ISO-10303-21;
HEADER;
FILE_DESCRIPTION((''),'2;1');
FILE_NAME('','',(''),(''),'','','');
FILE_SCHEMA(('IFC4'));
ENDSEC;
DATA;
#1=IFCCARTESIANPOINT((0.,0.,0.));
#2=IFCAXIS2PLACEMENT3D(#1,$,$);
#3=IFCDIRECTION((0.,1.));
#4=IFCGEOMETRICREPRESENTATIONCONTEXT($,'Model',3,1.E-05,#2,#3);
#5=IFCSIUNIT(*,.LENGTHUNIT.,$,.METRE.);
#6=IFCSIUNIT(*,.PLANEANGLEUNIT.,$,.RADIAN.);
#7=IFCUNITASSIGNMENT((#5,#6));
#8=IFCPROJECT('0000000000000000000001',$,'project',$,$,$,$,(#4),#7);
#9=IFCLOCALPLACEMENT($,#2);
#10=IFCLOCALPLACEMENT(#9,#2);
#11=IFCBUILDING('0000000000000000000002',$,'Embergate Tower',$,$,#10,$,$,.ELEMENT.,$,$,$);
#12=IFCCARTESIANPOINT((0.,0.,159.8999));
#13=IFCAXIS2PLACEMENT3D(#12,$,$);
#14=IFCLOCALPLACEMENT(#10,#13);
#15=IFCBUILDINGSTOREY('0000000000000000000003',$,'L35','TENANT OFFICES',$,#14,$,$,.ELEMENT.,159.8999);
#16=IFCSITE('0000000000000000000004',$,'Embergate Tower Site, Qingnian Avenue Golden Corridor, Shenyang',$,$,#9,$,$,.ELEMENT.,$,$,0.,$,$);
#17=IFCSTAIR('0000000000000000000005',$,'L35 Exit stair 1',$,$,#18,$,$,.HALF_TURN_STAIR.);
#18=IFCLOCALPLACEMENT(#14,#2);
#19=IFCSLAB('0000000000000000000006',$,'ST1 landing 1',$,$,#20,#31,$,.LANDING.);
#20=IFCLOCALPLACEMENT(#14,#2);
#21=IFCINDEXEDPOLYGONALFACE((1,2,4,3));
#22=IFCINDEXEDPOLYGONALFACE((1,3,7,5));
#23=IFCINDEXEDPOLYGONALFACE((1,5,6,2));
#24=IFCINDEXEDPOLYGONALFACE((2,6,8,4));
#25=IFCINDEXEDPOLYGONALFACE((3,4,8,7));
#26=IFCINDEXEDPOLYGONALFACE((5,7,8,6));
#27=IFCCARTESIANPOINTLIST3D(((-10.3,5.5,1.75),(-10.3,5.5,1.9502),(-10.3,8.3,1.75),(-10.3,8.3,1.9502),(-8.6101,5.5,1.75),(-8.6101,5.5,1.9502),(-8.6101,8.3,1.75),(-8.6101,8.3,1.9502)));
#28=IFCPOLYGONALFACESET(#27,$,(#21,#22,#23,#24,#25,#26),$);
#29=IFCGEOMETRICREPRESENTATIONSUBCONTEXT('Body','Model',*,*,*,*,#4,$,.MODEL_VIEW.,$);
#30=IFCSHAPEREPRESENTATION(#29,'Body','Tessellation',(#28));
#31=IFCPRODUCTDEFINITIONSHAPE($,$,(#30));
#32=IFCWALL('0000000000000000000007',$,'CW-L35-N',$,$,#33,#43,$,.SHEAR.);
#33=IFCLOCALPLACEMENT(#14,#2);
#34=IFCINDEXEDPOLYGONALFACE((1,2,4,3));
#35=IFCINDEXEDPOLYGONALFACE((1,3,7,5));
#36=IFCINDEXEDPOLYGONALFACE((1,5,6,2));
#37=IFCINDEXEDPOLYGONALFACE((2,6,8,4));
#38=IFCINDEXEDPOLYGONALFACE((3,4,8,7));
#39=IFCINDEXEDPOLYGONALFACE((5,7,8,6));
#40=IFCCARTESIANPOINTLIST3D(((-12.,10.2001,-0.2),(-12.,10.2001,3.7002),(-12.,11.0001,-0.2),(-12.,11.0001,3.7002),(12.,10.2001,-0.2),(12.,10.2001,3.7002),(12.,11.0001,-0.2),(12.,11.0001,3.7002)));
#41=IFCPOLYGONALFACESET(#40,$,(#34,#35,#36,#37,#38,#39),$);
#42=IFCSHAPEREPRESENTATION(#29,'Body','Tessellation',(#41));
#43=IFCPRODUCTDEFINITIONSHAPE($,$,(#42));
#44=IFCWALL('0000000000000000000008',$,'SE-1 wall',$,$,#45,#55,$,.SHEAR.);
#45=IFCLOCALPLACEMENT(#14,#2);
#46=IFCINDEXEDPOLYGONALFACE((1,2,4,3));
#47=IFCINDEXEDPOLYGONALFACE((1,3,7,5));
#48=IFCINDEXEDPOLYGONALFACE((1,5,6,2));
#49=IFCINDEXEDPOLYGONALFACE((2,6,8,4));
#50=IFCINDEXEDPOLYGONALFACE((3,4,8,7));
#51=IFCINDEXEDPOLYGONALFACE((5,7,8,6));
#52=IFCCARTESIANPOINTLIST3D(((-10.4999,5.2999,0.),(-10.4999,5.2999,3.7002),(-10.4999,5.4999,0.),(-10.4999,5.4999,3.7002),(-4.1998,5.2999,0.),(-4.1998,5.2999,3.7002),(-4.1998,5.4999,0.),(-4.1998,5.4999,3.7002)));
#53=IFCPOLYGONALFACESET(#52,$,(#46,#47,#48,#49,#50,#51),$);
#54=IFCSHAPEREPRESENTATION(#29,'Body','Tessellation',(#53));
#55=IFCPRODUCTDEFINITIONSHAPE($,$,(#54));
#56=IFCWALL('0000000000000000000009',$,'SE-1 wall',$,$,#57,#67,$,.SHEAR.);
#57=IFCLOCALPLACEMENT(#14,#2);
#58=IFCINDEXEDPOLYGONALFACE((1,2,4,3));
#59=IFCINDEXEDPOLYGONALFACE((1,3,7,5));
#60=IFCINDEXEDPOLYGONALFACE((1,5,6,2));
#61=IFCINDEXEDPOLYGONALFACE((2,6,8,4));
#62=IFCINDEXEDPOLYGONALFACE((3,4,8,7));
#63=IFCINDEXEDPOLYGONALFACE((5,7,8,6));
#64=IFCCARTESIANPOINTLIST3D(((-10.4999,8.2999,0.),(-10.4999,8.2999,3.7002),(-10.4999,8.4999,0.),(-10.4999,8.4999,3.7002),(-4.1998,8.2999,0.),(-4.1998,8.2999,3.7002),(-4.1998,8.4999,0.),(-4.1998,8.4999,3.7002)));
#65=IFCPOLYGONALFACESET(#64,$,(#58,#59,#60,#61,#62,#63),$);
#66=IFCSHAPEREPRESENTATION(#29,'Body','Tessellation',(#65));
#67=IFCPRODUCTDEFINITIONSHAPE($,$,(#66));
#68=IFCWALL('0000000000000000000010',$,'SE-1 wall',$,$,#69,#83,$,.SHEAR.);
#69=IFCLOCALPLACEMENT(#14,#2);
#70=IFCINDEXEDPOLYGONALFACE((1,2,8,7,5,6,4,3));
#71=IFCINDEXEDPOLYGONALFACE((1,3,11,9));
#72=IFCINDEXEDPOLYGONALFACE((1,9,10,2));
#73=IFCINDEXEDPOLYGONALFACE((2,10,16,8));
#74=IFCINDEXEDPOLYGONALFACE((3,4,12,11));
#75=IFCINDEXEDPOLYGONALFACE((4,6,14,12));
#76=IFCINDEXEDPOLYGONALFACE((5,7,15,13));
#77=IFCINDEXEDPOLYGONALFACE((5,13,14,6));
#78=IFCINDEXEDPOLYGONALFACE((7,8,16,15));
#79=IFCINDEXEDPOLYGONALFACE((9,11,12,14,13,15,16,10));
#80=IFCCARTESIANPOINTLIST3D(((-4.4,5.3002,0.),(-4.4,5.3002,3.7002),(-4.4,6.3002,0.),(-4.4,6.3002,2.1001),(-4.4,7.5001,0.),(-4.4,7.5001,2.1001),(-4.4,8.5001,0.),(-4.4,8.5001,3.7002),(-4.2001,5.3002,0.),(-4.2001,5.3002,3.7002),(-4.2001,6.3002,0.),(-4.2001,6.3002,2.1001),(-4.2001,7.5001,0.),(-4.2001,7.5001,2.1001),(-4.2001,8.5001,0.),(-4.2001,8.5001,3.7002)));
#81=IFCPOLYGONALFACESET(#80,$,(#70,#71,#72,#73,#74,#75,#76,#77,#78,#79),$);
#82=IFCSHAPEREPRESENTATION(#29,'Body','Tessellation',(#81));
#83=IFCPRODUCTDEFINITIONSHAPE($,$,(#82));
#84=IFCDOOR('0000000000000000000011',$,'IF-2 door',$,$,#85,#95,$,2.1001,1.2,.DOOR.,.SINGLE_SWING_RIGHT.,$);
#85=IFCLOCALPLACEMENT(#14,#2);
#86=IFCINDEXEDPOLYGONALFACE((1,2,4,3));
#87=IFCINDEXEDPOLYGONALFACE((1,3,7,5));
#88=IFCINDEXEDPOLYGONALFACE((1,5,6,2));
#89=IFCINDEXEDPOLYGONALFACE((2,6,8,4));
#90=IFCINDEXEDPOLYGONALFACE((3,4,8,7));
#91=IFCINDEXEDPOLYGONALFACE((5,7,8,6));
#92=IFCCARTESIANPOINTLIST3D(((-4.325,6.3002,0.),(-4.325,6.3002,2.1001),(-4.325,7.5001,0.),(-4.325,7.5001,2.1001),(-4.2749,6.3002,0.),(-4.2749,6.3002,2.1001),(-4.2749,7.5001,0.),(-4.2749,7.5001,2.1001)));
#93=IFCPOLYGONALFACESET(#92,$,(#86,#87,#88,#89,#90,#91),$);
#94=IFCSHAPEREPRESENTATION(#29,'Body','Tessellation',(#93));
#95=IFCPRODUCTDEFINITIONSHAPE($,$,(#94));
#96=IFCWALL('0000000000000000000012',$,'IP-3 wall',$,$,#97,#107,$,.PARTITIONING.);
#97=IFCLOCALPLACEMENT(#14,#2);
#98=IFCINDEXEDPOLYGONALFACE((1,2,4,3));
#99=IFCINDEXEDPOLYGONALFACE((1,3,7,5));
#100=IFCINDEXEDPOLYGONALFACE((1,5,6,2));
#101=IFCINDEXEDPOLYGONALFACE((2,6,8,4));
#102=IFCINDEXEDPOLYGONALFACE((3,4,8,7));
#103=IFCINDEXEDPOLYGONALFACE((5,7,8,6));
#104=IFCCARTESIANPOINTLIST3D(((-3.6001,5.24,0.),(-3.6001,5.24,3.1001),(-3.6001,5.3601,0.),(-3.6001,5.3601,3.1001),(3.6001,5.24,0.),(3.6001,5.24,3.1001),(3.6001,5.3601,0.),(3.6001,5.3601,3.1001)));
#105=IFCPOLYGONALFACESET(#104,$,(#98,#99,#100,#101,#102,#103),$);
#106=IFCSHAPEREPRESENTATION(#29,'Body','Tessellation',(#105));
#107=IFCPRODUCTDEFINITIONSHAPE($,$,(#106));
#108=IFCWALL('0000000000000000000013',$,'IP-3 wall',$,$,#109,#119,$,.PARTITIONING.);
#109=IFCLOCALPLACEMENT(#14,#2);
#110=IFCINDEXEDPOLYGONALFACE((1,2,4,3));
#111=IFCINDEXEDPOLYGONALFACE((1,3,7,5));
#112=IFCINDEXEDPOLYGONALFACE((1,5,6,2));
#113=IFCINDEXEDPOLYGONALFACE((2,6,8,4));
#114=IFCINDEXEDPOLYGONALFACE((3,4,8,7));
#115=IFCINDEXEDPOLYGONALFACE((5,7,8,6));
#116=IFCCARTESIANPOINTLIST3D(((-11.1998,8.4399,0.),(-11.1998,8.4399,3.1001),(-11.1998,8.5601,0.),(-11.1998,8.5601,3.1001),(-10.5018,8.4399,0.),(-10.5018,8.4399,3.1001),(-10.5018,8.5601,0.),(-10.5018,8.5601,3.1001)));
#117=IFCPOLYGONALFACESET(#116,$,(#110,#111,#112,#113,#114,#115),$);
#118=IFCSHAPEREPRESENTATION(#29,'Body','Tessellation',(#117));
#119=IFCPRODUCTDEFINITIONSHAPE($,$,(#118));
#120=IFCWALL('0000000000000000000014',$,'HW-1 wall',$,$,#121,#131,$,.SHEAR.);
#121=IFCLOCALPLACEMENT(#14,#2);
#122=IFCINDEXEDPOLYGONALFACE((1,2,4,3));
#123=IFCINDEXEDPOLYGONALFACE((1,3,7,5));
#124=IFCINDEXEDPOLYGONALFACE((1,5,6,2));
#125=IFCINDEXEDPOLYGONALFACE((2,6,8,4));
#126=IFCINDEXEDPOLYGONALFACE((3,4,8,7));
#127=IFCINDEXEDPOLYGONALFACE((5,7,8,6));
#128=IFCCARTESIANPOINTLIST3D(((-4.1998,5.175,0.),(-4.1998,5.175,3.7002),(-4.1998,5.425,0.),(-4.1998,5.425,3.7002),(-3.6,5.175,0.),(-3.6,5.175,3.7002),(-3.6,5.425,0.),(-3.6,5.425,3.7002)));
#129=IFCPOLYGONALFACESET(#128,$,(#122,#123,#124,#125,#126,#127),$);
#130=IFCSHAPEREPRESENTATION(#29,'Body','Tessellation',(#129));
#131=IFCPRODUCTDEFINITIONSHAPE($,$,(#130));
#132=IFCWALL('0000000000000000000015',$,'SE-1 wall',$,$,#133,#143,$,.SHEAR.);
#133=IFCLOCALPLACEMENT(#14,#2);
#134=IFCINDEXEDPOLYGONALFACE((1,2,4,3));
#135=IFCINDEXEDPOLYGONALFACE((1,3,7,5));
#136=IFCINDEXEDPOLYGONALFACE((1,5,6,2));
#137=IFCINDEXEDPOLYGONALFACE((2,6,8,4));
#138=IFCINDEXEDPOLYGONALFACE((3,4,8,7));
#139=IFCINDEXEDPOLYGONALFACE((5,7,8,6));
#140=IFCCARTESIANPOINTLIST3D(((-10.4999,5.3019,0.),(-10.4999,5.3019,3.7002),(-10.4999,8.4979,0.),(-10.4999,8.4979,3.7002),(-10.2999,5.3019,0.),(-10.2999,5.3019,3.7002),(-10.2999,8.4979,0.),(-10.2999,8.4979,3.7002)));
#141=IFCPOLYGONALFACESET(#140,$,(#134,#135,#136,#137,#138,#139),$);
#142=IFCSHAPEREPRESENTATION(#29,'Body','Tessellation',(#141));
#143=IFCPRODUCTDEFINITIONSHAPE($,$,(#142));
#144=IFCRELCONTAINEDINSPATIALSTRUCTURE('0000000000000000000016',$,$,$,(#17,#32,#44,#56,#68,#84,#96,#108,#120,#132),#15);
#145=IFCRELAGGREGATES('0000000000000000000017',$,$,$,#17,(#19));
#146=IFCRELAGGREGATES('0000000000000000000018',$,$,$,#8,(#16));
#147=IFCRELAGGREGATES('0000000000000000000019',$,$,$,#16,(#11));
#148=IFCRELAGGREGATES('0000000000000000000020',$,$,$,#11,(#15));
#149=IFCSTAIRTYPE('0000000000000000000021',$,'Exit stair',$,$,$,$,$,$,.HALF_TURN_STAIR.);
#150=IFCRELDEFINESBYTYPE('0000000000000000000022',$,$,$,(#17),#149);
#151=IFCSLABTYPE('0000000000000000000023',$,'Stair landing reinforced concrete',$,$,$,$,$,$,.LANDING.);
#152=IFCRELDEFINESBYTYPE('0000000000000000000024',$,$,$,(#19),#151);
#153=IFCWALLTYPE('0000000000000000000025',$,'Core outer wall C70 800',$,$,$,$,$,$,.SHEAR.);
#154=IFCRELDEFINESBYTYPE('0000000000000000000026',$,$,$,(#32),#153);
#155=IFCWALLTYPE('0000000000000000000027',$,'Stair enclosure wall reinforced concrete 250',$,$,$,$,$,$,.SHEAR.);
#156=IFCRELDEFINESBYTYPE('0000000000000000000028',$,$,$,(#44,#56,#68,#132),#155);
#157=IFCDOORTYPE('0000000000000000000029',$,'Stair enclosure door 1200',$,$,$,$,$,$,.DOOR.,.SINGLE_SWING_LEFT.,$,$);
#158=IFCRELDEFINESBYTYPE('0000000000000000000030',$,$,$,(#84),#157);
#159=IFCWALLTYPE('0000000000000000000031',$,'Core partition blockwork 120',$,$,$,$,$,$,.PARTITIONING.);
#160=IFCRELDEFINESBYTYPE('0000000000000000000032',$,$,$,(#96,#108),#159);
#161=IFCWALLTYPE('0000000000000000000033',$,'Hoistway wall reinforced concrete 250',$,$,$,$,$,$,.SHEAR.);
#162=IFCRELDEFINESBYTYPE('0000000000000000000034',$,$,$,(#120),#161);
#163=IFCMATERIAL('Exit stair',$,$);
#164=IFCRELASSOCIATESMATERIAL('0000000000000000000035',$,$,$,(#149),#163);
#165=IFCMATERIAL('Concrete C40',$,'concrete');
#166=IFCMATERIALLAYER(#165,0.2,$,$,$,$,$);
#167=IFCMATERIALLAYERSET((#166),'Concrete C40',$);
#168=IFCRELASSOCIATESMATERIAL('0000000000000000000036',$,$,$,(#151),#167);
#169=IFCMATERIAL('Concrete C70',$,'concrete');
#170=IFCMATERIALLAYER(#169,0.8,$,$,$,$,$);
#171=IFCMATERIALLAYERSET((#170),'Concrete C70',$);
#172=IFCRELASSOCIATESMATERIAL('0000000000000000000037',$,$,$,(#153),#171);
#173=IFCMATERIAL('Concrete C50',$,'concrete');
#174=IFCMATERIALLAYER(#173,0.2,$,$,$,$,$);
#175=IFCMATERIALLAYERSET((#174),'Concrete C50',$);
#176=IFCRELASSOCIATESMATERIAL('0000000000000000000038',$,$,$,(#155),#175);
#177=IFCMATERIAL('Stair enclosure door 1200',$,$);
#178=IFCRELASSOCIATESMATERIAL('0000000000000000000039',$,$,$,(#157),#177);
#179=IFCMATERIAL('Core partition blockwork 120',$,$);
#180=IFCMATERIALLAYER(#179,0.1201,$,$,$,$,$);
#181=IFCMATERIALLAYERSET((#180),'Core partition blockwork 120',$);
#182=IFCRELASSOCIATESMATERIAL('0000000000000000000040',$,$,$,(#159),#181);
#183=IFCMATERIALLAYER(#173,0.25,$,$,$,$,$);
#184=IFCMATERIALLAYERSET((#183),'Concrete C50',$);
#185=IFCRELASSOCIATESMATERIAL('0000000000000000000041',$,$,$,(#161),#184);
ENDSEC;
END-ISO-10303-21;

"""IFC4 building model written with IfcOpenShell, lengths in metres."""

from ifc_helpers import new_model, si_unit, direction, frame, frame_2d, origin, place, context, subcontext, project, spatial, polyline, rectangle, outline, extrude, source, transform, mapped, material, layer, layer_set, type_object, element, fill, aggregate, save


model = new_model("IFC4")

# Units and contexts
model_context = context("Model", 3, precision=1e-05, world=origin(), true_north=direction((0.0, 1.0)))
body_context = subcontext(model_context, "Body", "Model", "MODEL_VIEW")
ifc_project = project(units=[si_unit("LENGTHUNIT", "METRE"), si_unit("PLANEANGLEUNIT", "RADIAN")], contexts=[model_context])

# Site, building, storey
site_placement = place(None, origin())
site = spatial("IfcSite", under=ifc_project, at=site_placement, Name="Embergate Tower Site, Qingnian Avenue Golden Corridor, Shenyang", CompositionType="ELEMENT", RefElevation=0.0)
building_placement = place(site_placement, origin())
building = spatial("IfcBuilding", under=site, at=building_placement, Name="Embergate Tower", CompositionType="ELEMENT")
storey_placement = place(building_placement, frame((0.0, 0.0, 159.8999)))
storey = spatial("IfcBuildingStorey", under=building, at=storey_placement, Name="L35", Description="TENANT OFFICES", CompositionType="ELEMENT", Elevation=159.8999)

# Stair, slab
ifc_material_1 = material(Name="Exit stair")
stair_type = type_object("IfcStairType", Name="Exit stair", PredefinedType="HALF_TURN_STAIR", material=ifc_material_1)
stair_placement = place(storey_placement, origin())
stair = element("IfcStair", 1, at=stair_placement, inside=storey, type_object=stair_type, Name="L35 Exit stair 1", PredefinedType="HALF_TURN_STAIR")
ifc_material_2 = material(Name="Concrete C40", Category="concrete")
ifc_layer_1 = layer(ifc_material_2, 0.2)
ifc_layer_set_1 = layer_set([ifc_layer_1], Name="Concrete C40")
slab_type = type_object("IfcSlabType", Name="Stair landing reinforced concrete", PredefinedType="LANDING", material=ifc_layer_set_1)
shared_shape_1 = source(origin(), body_context, "Body", "SweptSolid", [
    extrude(outline(polyline([(0.0, 0.0), (1.6899, 0.0), (1.6899, 2.8), (0.0, 2.8), (0.0, 0.0)])), origin(), (0.0, 0.0, 1.0), 0.2002),
])
slab_placement = place(storey_placement, frame((-10.3, 5.5, 1.75)))
slab = element("IfcSlab", 2, at=slab_placement, type_object=slab_type, Name="ST1 landing 1", PredefinedType="LANDING", context=body_context, shape_type="MappedRepresentation", body=[
    mapped(shared_shape_1, transform((0.0, 0.0, 0.0))),
])

# Walls
ifc_material_3 = material(Name="Concrete C70", Category="concrete")
ifc_layer_2 = layer(ifc_material_3, 0.8)
ifc_layer_set_2 = layer_set([ifc_layer_2], Name="Concrete C70")
wall_type_1 = type_object("IfcWallType", Name="Core outer wall C70 800", PredefinedType="SHEAR", material=ifc_layer_set_2)
shared_shape_2 = source(origin(), body_context, "Body", "SweptSolid", [
    extrude(rectangle(XDim=24.0, YDim=0.8, at=frame_2d((12.0, 0.0))), origin(), (0.0, 0.0, 1.0), 3.9001),
])
wall_1_placement = place(storey_placement, frame((-12.0, 10.6001, -0.2), z_axis=(0.0, 0.0, 1.0), x_axis=(1.0, 0.0, 0.0)))
element("IfcWall", 3, at=wall_1_placement, inside=storey, type_object=wall_type_1, Name="CW-L35-N", PredefinedType="SHEAR", context=body_context, shape_type="MappedRepresentation", body=[
    mapped(shared_shape_2, transform((0.0, 0.0, 0.0))),
])
ifc_material_4 = material(Name="Concrete C50", Category="concrete")
ifc_layer_3 = layer(ifc_material_4, 0.2)
ifc_layer_set_3 = layer_set([ifc_layer_3], Name="Concrete C50")
wall_type_2 = type_object("IfcWallType", Name="Stair enclosure wall reinforced concrete 250", PredefinedType="SHEAR", material=ifc_layer_set_3)
shared_shape_3 = source(origin(), body_context, "Body", "SweptSolid", [
    extrude(rectangle(XDim=6.3, YDim=0.2, at=frame_2d((3.1499, 0.0))), origin(), (0.0, 0.0, 1.0), 3.7002),
])
for number, where, z_axis, x_axis, name in (
    (4, (-4.2, 5.3999, 0.0), (0.0, 0.0, 1.0), (-1.0, 0.0, 0.0), "SE-1 wall"),
    (5, (-4.2, 8.3999, 0.0), (0.0, 0.0, 1.0), (-1.0, 0.0, 0.0), "SE-1 wall"),
):
    element("IfcWall", number, at=place(storey_placement, frame(where, z_axis=z_axis, x_axis=x_axis)), inside=storey, type_object=wall_type_2, Name=name, PredefinedType="SHEAR", context=body_context, shape_type="MappedRepresentation", body=[
        mapped(shared_shape_3, transform((0.0, 0.0, 0.0))),
    ])

# Wall, opening, door
shared_shape_4 = source(origin(), body_context, "Body", "SweptSolid", [
    extrude(rectangle(XDim=3.2, YDim=0.2, at=frame_2d((1.6001, 0.0))), origin(), (0.0, 0.0, 1.0), 3.7002),
])
wall_2_placement = place(storey_placement, frame((-4.3, 5.3, 0.0), z_axis=(0.0, 0.0, 1.0), x_axis=(0.0, 1.0, 0.0)))
wall_2 = element("IfcWall", 6, at=wall_2_placement, inside=storey, type_object=wall_type_2, Name="SE-1 wall", PredefinedType="SHEAR", context=body_context, shape_type="MappedRepresentation", body=[
    mapped(shared_shape_4, transform((0.0, 0.0, 0.0))),
])
shared_shape_5 = source(origin(), body_context, "Body", "SweptSolid", [
    extrude(rectangle(XDim=1.2, YDim=2.1001, at=frame_2d((0.6001, 1.05))), frame((0.0, 0.1099, 0.0), z_axis=(0.0, -1.0, 0.0), x_axis=(1.0, 0.0, 0.0)), (0.0, 0.0, 1.0), 0.22),
])
opening_1_placement = place(wall_2_placement, frame((1.0, 0.0, 0.0)))
opening_1 = element("IfcOpeningElement", 7, at=opening_1_placement, cuts=wall_2, PredefinedType="OPENING", context=body_context, shape_type="MappedRepresentation", body=[
    mapped(shared_shape_5, transform((0.0, 0.0, 0.0))),
])
ifc_material_5 = material(Name="Stair enclosure door 1200")
door_type_1 = type_object("IfcDoorType", Name="Stair enclosure door 1200", OperationType="SINGLE_SWING_LEFT", PredefinedType="DOOR", material=ifc_material_5)
shared_shape_6 = source(origin(), body_context, "Body", "SweptSolid", [
    extrude(rectangle(XDim=1.2, YDim=2.1001, at=frame_2d((0.6001, 1.05))), frame((0.0, 0.0249, 0.0), z_axis=(0.0, -1.0, 0.0), x_axis=(1.0, 0.0, 0.0)), (0.0, 0.0, 1.0), 0.05),
])
door_1_placement = place(opening_1_placement, origin())
door_1 = element("IfcDoor", 8, at=door_1_placement, inside=storey, type_object=door_type_1, Name="IF-2 door", OperationType="SINGLE_SWING_RIGHT", OverallHeight=2.1001, OverallWidth=1.2, PredefinedType="DOOR", context=body_context, shape_type="MappedRepresentation", body=[
    mapped(shared_shape_6, transform((0.0, 0.0, 0.0))),
])
fill(opening_1, door_1)

# Walls
ifc_material_6 = material(Name="Core partition blockwork 120")
ifc_layer_4 = layer(ifc_material_6, 0.1201)
ifc_layer_set_4 = layer_set([ifc_layer_4], Name="Core partition blockwork 120")
wall_type_3 = type_object("IfcWallType", Name="Core partition blockwork 120", PredefinedType="PARTITIONING", material=ifc_layer_set_4)
shared_shape_7 = source(origin(), body_context, "Body", "SweptSolid", [
    extrude(rectangle(XDim=7.2002, YDim=0.1201, at=frame_2d((3.6001, 0.0))), origin(), (0.0, 0.0, 1.0), 3.1001),
])
wall_3_placement = place(storey_placement, frame((-3.6001, 5.3, 0.0), z_axis=(0.0, 0.0, 1.0), x_axis=(1.0, 0.0, 0.0)))
element("IfcWall", 9, at=wall_3_placement, inside=storey, type_object=wall_type_3, Name="IP-3 wall", PredefinedType="PARTITIONING", context=body_context, shape_type="MappedRepresentation", body=[
    mapped(shared_shape_7, transform((0.0, 0.0, 0.0))),
])
shared_shape_8 = source(origin(), body_context, "Body", "SweptSolid", [
    extrude(rectangle(XDim=0.698, YDim=0.1201, at=frame_2d((0.3491, 0.0))), origin(), (0.0, 0.0, 1.0), 3.1001),
])
wall_4_placement = place(storey_placement, frame((-11.2, 8.5, 0.0), z_axis=(0.0, 0.0, 1.0), x_axis=(1.0, 0.0, 0.0)))
element("IfcWall", 10, at=wall_4_placement, inside=storey, type_object=wall_type_3, Name="IP-3 wall", PredefinedType="PARTITIONING", context=body_context, shape_type="MappedRepresentation", body=[
    mapped(shared_shape_8, transform((0.0, 0.0, 0.0))),
])
ifc_layer_5 = layer(ifc_material_4, 0.25)
ifc_layer_set_5 = layer_set([ifc_layer_5], Name="Concrete C50")
wall_type_4 = type_object("IfcWallType", Name="Hoistway wall reinforced concrete 250", PredefinedType="SHEAR", material=ifc_layer_set_5)
shared_shape_9 = source(origin(), body_context, "Body", "SweptSolid", [
    extrude(rectangle(XDim=0.5999, YDim=0.25, at=frame_2d((0.2998, 0.0))), origin(), (0.0, 0.0, 1.0), 3.7002),
])
wall_5_placement = place(storey_placement, frame((-3.6001, 5.3, 0.0), z_axis=(0.0, 0.0, 1.0), x_axis=(-1.0, 0.0, 0.0)))
element("IfcWall", 11, at=wall_5_placement, inside=storey, type_object=wall_type_4, Name="HW-1 wall", PredefinedType="SHEAR", context=body_context, shape_type="MappedRepresentation", body=[
    mapped(shared_shape_9, transform((0.0, 0.0, 0.0))),
])
shared_shape_10 = source(origin(), body_context, "Body", "SweptSolid", [
    extrude(rectangle(XDim=3.196, YDim=0.2, at=frame_2d((1.5981, 0.0))), origin(), (0.0, 0.0, 1.0), 3.7002),
])
wall_6_placement = place(storey_placement, frame((-10.3999, 8.498, 0.0), z_axis=(0.0, 0.0, 1.0), x_axis=(0.0, -1.0, 0.0)))
element("IfcWall", 12, at=wall_6_placement, inside=storey, type_object=wall_type_2, Name="SE-1 wall", PredefinedType="SHEAR", context=body_context, shape_type="MappedRepresentation", body=[
    mapped(shared_shape_10, transform((0.0, 0.0, 0.0))),
])

aggregate(stair, [slab])

save(model, "model.ifc")
